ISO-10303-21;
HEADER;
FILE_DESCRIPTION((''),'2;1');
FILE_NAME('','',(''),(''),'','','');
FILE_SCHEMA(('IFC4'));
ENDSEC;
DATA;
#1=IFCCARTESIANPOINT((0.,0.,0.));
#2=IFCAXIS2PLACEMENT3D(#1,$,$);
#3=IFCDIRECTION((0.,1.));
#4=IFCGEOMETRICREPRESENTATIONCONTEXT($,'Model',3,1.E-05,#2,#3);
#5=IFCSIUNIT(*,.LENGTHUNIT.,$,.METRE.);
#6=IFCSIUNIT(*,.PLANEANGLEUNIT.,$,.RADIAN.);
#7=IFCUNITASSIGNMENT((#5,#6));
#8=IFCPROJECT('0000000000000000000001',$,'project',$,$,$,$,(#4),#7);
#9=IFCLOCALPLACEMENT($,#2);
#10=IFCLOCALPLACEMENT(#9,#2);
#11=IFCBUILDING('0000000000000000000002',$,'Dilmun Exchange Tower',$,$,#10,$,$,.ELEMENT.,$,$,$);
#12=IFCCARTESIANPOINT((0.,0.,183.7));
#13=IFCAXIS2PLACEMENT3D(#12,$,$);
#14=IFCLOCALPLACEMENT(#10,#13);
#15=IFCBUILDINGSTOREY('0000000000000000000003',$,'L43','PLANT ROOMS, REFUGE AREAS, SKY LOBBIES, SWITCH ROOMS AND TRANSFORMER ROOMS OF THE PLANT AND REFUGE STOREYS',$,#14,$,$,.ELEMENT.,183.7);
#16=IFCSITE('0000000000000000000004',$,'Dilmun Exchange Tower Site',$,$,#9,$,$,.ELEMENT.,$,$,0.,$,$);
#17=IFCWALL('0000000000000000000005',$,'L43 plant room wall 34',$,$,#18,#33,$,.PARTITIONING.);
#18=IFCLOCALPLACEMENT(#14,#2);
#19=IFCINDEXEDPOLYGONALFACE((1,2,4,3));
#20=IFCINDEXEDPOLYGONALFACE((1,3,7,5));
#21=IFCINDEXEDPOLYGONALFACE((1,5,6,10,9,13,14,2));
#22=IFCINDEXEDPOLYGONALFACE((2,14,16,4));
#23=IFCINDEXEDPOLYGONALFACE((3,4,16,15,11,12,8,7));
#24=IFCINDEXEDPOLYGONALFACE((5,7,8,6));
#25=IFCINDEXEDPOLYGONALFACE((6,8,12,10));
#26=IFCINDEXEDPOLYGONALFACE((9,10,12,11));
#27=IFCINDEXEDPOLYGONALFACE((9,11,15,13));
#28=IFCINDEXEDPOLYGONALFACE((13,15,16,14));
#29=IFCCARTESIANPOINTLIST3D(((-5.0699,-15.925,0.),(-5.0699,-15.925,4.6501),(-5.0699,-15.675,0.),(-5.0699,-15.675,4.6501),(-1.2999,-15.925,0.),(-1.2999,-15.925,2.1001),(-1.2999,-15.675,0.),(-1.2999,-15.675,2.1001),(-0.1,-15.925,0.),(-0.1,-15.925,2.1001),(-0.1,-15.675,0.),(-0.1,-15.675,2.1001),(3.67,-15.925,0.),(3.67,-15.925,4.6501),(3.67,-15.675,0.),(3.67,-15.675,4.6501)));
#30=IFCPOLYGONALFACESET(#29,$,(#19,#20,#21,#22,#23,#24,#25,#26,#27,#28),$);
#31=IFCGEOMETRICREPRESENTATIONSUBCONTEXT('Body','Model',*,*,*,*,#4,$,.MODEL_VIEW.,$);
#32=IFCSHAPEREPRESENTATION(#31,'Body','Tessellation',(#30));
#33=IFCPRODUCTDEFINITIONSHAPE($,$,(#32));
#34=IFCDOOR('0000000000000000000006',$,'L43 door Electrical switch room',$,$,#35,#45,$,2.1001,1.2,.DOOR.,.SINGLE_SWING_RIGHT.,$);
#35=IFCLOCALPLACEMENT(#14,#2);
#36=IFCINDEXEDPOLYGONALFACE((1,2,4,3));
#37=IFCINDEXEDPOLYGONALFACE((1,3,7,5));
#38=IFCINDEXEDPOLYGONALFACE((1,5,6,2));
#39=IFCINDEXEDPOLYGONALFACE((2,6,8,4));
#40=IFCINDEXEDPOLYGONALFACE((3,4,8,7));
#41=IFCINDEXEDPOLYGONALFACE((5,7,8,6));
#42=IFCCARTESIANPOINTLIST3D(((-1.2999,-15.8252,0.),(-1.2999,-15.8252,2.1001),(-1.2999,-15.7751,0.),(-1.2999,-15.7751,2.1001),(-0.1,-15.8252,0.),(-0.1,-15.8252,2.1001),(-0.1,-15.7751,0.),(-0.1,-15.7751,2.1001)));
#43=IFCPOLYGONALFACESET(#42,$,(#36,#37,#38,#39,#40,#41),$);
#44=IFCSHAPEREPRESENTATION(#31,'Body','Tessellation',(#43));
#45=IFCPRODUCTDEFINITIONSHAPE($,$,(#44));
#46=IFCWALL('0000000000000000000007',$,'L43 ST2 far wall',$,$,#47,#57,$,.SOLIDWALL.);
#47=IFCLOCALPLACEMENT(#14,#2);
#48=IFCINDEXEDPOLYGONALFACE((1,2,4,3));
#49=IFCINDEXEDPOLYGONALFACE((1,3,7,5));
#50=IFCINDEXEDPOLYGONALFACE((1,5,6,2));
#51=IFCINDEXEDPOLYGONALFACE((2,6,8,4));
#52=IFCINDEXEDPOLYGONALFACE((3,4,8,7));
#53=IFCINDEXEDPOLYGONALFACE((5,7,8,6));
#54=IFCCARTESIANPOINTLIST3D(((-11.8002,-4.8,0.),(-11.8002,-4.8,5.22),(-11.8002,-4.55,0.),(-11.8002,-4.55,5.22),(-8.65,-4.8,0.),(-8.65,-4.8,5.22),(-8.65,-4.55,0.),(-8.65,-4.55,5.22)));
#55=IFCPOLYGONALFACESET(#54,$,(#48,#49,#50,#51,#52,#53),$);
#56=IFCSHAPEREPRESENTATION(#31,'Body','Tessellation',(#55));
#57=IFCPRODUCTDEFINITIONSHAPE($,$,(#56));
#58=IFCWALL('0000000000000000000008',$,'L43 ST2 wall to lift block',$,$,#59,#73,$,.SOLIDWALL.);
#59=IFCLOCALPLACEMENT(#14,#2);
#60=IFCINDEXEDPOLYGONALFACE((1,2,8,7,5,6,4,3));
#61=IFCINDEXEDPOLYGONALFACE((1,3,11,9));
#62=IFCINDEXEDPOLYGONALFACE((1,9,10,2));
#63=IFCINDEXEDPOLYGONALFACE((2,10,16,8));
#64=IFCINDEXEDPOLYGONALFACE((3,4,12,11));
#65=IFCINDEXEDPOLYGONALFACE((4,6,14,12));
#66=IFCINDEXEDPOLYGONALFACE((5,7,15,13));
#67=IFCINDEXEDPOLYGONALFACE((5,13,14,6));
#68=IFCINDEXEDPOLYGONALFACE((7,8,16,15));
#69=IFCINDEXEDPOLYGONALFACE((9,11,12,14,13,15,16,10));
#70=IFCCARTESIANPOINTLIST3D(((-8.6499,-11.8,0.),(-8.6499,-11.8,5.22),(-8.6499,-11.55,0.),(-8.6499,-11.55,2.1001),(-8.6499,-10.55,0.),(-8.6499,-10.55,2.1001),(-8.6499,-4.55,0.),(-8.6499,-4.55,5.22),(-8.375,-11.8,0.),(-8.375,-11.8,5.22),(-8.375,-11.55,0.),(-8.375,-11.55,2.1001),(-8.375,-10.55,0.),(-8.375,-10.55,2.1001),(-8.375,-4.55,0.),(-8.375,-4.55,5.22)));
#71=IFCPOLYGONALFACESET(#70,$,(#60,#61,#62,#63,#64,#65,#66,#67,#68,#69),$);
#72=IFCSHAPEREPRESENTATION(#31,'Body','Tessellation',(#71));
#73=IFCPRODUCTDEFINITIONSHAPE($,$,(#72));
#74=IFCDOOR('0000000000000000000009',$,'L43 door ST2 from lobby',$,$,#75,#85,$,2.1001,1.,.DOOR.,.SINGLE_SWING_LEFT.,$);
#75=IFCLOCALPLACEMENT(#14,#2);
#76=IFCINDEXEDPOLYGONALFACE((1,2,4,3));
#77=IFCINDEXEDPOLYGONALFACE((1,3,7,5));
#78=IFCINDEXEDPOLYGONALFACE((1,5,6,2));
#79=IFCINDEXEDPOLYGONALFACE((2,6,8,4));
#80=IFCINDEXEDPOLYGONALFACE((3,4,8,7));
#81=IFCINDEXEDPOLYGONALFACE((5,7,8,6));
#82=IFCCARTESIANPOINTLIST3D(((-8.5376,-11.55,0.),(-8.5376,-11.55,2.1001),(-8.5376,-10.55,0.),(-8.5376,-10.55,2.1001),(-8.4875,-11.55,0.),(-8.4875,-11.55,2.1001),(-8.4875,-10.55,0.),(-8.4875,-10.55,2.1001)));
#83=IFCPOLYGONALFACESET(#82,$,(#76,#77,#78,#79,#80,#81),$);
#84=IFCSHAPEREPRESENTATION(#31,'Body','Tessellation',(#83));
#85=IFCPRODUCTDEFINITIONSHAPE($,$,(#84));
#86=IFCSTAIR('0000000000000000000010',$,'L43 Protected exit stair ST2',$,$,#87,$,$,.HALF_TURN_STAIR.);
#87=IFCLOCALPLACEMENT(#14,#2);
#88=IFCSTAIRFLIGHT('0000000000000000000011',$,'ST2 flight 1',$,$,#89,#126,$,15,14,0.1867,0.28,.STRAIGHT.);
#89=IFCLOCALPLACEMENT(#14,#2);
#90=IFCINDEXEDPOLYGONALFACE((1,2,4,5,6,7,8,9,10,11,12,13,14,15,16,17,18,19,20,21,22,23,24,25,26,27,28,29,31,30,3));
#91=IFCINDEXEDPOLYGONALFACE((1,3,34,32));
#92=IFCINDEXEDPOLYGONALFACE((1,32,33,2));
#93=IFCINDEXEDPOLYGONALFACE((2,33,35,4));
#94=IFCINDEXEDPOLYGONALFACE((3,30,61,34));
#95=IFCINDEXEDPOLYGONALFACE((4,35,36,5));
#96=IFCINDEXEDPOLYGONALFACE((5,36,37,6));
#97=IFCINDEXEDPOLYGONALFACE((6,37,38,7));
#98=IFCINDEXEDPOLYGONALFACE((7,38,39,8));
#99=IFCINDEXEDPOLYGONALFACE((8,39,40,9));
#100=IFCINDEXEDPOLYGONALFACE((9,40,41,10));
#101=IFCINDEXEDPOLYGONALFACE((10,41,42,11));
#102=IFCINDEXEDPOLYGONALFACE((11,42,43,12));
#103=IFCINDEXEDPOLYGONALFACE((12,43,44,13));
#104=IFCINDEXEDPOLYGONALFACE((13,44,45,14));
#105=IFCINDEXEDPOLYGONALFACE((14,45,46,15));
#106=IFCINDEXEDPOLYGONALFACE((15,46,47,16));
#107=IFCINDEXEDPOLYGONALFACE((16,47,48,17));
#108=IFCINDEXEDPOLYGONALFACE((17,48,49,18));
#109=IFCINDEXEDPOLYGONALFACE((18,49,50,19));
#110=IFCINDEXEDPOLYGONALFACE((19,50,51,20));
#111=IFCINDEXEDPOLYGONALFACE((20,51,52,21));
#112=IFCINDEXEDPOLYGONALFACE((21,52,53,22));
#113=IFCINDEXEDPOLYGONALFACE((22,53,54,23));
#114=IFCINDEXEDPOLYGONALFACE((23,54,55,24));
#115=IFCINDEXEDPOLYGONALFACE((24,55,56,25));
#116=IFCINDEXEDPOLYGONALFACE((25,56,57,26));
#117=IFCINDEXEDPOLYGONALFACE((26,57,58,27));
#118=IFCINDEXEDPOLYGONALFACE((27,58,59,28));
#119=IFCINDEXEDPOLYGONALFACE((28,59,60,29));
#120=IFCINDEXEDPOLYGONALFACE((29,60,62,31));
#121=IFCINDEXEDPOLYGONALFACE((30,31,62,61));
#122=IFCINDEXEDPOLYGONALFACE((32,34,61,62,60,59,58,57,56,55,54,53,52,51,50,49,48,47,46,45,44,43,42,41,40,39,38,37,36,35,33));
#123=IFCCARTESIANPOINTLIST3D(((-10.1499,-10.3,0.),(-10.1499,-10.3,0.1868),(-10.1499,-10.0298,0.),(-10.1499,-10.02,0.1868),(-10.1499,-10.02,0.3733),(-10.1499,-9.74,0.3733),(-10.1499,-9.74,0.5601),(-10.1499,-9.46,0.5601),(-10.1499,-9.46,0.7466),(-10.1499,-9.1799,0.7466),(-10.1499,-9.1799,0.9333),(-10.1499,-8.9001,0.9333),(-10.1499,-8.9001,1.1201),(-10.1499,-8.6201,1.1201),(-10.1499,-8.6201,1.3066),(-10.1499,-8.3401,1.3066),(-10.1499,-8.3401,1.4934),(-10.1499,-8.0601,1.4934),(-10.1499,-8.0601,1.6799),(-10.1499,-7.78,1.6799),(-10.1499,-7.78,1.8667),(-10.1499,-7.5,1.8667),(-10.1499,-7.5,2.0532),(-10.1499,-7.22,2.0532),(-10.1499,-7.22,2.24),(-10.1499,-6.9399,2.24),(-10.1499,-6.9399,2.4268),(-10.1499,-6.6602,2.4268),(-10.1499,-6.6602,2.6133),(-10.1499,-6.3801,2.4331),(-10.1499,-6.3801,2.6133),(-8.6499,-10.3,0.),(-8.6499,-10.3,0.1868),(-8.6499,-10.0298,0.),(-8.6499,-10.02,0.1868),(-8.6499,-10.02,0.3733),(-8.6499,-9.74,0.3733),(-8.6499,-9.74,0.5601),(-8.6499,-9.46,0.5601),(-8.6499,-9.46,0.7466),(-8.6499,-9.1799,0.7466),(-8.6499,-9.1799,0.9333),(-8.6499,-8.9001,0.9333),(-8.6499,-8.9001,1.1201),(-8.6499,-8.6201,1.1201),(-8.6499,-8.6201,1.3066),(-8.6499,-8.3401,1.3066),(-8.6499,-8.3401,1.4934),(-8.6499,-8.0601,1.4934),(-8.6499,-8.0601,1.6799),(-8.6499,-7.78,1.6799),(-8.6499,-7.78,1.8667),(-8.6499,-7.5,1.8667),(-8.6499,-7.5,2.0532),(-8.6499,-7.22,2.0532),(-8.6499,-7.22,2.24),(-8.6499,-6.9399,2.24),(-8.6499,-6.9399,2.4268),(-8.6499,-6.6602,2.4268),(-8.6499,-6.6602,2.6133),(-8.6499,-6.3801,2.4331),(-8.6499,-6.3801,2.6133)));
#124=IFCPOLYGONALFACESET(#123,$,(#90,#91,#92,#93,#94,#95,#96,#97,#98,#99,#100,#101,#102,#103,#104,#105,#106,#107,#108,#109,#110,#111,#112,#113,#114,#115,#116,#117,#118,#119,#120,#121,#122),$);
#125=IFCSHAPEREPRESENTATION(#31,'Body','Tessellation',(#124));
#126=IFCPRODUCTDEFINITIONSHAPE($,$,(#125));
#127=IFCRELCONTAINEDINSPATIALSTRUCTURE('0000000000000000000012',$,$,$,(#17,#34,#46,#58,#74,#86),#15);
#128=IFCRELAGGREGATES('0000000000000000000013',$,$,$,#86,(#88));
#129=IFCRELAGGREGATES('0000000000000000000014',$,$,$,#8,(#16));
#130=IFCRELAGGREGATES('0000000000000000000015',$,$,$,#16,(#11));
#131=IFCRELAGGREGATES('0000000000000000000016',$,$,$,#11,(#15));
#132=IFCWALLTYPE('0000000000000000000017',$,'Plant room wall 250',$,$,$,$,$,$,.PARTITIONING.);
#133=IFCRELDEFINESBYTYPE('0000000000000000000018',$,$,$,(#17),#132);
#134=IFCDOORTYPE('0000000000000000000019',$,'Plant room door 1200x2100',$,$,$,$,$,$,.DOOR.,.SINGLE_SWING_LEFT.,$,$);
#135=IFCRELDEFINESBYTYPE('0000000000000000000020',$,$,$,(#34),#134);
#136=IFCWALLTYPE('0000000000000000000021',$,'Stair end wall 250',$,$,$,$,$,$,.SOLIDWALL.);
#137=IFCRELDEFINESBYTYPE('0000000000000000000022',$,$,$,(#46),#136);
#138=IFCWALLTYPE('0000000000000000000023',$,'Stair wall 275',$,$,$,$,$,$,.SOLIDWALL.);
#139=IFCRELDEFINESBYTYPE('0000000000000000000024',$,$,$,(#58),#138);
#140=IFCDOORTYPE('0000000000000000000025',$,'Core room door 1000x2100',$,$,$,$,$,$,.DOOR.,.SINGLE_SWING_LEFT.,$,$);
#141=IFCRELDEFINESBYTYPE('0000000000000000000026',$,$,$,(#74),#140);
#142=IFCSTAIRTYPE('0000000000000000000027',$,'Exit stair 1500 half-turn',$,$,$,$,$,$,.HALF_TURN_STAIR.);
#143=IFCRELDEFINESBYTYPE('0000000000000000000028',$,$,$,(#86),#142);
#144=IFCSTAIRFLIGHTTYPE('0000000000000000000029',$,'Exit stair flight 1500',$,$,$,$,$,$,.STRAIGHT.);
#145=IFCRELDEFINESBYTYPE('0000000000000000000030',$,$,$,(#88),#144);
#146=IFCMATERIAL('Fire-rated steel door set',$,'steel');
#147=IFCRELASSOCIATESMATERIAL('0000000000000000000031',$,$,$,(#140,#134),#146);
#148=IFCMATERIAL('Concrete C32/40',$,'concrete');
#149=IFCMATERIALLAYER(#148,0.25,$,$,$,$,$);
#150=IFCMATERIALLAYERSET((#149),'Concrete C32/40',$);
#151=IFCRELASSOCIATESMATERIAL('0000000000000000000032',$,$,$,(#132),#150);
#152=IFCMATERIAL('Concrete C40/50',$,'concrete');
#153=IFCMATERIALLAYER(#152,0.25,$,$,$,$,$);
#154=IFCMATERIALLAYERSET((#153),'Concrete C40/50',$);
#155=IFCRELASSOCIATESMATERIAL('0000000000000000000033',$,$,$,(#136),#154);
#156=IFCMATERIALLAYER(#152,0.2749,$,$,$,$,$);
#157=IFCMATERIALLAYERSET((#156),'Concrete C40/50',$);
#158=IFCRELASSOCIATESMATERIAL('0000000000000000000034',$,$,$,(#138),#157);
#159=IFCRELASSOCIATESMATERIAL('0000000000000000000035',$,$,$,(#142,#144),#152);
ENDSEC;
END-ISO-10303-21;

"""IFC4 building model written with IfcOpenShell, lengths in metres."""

from ifc_helpers import new_model, si_unit, direction, frame, frame_2d, origin, place, context, subcontext, project, spatial, polyline, rectangle, outline, extrude, material, layer, layer_set, type_object, element, fill, aggregate, save


model = new_model("IFC4")

# Units and contexts
model_context = context("Model", 3, precision=1e-05, world=origin(), true_north=direction((0.0, 1.0)))
body_context = subcontext(model_context, "Body", "Model", "MODEL_VIEW")
ifc_project = project(units=[si_unit("LENGTHUNIT", "METRE"), si_unit("PLANEANGLEUNIT", "RADIAN")], contexts=[model_context])

# Site, building, storey
site_placement = place(None, origin())
site = spatial("IfcSite", under=ifc_project, at=site_placement, Name="Dilmun Exchange Tower Site", CompositionType="ELEMENT", RefElevation=0.0)
building_placement = place(site_placement, origin())
building = spatial("IfcBuilding", under=site, at=building_placement, Name="Dilmun Exchange Tower", CompositionType="ELEMENT")
storey_placement = place(building_placement, frame((0.0, 0.0, 183.7)))
storey = spatial("IfcBuildingStorey", under=building, at=storey_placement, Name="L43", Description="PLANT ROOMS, REFUGE AREAS, SKY LOBBIES, SWITCH ROOMS AND TRANSFORMER ROOMS OF THE PLANT AND REFUGE STOREYS", CompositionType="ELEMENT", Elevation=183.7)

# Shared definitions
ifc_material_1 = material(Name="Concrete C40/50", Category="concrete")

# Shared definitions
ifc_material_2 = material(Name="Fire-rated steel door set", Category="steel")
door_type_1 = type_object("IfcDoorType", Name="Core room door 1000x2100", OperationType="SINGLE_SWING_LEFT", PredefinedType="DOOR", material=ifc_material_2)

# Shared definitions
ifc_material_3 = material(Name="Concrete C32/40", Category="concrete")
ifc_layer_1 = layer(ifc_material_3, 0.25)
ifc_layer_set_1 = layer_set([ifc_layer_1], Name="Concrete C32/40")
wall_type_1 = type_object("IfcWallType", Name="Plant room wall 250", PredefinedType="PARTITIONING", material=ifc_layer_set_1)

# Wall, opening, door
wall_1_placement = place(storey_placement, frame((-5.0701, -15.8, 0.0), z_axis=(0.0, 0.0, 1.0), x_axis=(1.0, 0.0, 0.0)))
wall_1 = element("IfcWall", 1, at=wall_1_placement, inside=storey, type_object=wall_type_1, Name="L43 plant room wall 34", PredefinedType="PARTITIONING", context=body_context, shape_type="SweptSolid", body=[
    extrude(rectangle(XDim=8.74, YDim=0.25, at=frame_2d((4.3701, 0.0))), origin(), (0.0, 0.0, 1.0), 4.6501),
])
opening_1_placement = place(wall_1_placement, frame((3.77, 0.0, 0.0)))
opening_1 = element("IfcOpeningElement", 2, at=opening_1_placement, cuts=wall_1, PredefinedType="OPENING", context=body_context, shape_type="SweptSolid", body=[
    extrude(rectangle(XDim=1.2, YDim=2.1001, at=frame_2d((0.6001, 1.05))), frame((0.0, 0.135, 0.0), z_axis=(0.0, -1.0, 0.0), x_axis=(1.0, 0.0, 0.0)), (0.0, 0.0, 1.0), 0.27),
])
door_type_2 = type_object("IfcDoorType", Name="Plant room door 1200x2100", OperationType="SINGLE_SWING_LEFT", PredefinedType="DOOR", material=ifc_material_2)
door_1_placement = place(opening_1_placement, origin())
door_1 = element("IfcDoor", 3, at=door_1_placement, inside=storey, type_object=door_type_2, Name="L43 door Electrical switch room", OperationType="SINGLE_SWING_RIGHT", OverallHeight=2.1001, OverallWidth=1.2, PredefinedType="DOOR", context=body_context, shape_type="SweptSolid", body=[
    extrude(rectangle(XDim=1.2, YDim=2.1001, at=frame_2d((0.6001, 1.05))), frame((0.0, 0.0249, 0.0), z_axis=(0.0, -1.0, 0.0), x_axis=(1.0, 0.0, 0.0)), (0.0, 0.0, 1.0), 0.05),
])
fill(opening_1, door_1)

# Wall
ifc_layer_2 = layer(ifc_material_1, 0.25)
ifc_layer_set_2 = layer_set([ifc_layer_2], Name="Concrete C40/50")
wall_type_2 = type_object("IfcWallType", Name="Stair end wall 250", PredefinedType="SOLIDWALL", material=ifc_layer_set_2)
wall_2_placement = place(storey_placement, frame((-8.6499, -4.675, 0.0), z_axis=(0.0, 0.0, 1.0), x_axis=(-1.0, 0.0, 0.0)))
element("IfcWall", 4, at=wall_2_placement, inside=storey, type_object=wall_type_2, Name="L43 ST2 far wall", PredefinedType="SOLIDWALL", context=body_context, shape_type="SweptSolid", body=[
    extrude(rectangle(XDim=3.1501, YDim=0.25, at=frame_2d((1.5752, 0.0))), origin(), (0.0, 0.0, 1.0), 5.22),
])

# Wall, opening, door
ifc_layer_3 = layer(ifc_material_1, 0.2749)
ifc_layer_set_3 = layer_set([ifc_layer_3], Name="Concrete C40/50")
wall_type_3 = type_object("IfcWallType", Name="Stair wall 275", PredefinedType="SOLIDWALL", material=ifc_layer_set_3)
wall_3_placement = place(storey_placement, frame((-8.5125, -4.55, 0.0), z_axis=(0.0, 0.0, 1.0), x_axis=(0.0, -1.0, 0.0)))
wall_3 = element("IfcWall", 5, at=wall_3_placement, inside=storey, type_object=wall_type_3, Name="L43 ST2 wall to lift block", PredefinedType="SOLIDWALL", context=body_context, shape_type="SweptSolid", body=[
    extrude(rectangle(XDim=7.25, YDim=0.2749, at=frame_2d((3.625, 0.0))), origin(), (0.0, 0.0, 1.0), 5.22),
])
opening_2_placement = place(wall_3_placement, frame((6.0, 0.0, 0.0)))
opening_2 = element("IfcOpeningElement", 6, at=opening_2_placement, cuts=wall_3, PredefinedType="OPENING", context=body_context, shape_type="SweptSolid", body=[
    extrude(rectangle(XDim=1.0, YDim=2.1001, at=frame_2d((0.5, 1.05))), frame((0.0, 0.1475, 0.0), z_axis=(0.0, -1.0, 0.0), x_axis=(1.0, 0.0, 0.0)), (0.0, 0.0, 1.0), 0.2949),
])
door_2_placement = place(opening_2_placement, origin())
door_2 = element("IfcDoor", 7, at=door_2_placement, inside=storey, type_object=door_type_1, Name="L43 door ST2 from lobby", OperationType="SINGLE_SWING_LEFT", OverallHeight=2.1001, OverallWidth=1.0, PredefinedType="DOOR", context=body_context, shape_type="SweptSolid", body=[
    extrude(rectangle(XDim=1.0, YDim=2.1001, at=frame_2d((0.5, 1.05))), frame((0.0, 0.0249, 0.0), z_axis=(0.0, -1.0, 0.0), x_axis=(1.0, 0.0, 0.0)), (0.0, 0.0, 1.0), 0.05),
])
fill(opening_2, door_2)

# Stair, stair flight
stair_type = type_object("IfcStairType", Name="Exit stair 1500 half-turn", PredefinedType="HALF_TURN_STAIR", material=ifc_material_1)
stair_placement = place(storey_placement, origin())
stair = element("IfcStair", 8, at=stair_placement, inside=storey, type_object=stair_type, Name="L43 Protected exit stair ST2", PredefinedType="HALF_TURN_STAIR")
stair_flight_type = type_object("IfcStairFlightType", Name="Exit stair flight 1500", PredefinedType="STRAIGHT", material=ifc_material_1)
stair_flight_placement = place(storey_placement, frame((-9.3999, -10.3, 0.0), z_axis=(0.0, 0.0, 1.0), x_axis=(0.0, 1.0, 0.0)))
stair_flight = element("IfcStairFlight", 9, at=stair_flight_placement, type_object=stair_flight_type, Name="ST2 flight 1", NumberOfRisers=15, NumberOfTreads=14, PredefinedType="STRAIGHT", RiserHeight=0.1867, TreadLength=0.28, context=body_context, shape_type="SweptSolid", body=[
    extrude(outline(polyline([(0.0, 0.0), (0.0, 0.1868), (0.28, 0.1868), (0.28, 0.3733), (0.5601, 0.3733), (0.5601, 0.5601), (0.8401, 0.5601), (0.8401, 0.7466), (1.1201, 0.7466), (1.1201, 0.9333), (1.3999, 0.9333), (1.3999, 1.1201), (1.6799, 1.1201), (1.6799, 1.3066), (1.96, 1.3066), (1.96, 1.4934), (2.24, 1.4934), (2.24, 1.6799), (2.52, 1.6799), (2.52, 1.8667), (2.8, 1.8667), (2.8, 2.0532), (3.0801, 2.0532), (3.0801, 2.24), (3.3601, 2.24), (3.3601, 2.4268), (3.6399, 2.4268), (3.6399, 2.6133), (3.9199, 2.6133), (3.9199, 2.8), (3.9199, 2.4331), (0.2703, 0.0), (0.0, 0.0)])), frame((0.0, 0.75, 0.0), z_axis=(0.0, -1.0, 0.0), x_axis=(1.0, 0.0, 0.0)), (0.0, 0.0, 1.0), 1.5),
])
aggregate(stair, [stair_flight])

save(model, "model.ifc")
